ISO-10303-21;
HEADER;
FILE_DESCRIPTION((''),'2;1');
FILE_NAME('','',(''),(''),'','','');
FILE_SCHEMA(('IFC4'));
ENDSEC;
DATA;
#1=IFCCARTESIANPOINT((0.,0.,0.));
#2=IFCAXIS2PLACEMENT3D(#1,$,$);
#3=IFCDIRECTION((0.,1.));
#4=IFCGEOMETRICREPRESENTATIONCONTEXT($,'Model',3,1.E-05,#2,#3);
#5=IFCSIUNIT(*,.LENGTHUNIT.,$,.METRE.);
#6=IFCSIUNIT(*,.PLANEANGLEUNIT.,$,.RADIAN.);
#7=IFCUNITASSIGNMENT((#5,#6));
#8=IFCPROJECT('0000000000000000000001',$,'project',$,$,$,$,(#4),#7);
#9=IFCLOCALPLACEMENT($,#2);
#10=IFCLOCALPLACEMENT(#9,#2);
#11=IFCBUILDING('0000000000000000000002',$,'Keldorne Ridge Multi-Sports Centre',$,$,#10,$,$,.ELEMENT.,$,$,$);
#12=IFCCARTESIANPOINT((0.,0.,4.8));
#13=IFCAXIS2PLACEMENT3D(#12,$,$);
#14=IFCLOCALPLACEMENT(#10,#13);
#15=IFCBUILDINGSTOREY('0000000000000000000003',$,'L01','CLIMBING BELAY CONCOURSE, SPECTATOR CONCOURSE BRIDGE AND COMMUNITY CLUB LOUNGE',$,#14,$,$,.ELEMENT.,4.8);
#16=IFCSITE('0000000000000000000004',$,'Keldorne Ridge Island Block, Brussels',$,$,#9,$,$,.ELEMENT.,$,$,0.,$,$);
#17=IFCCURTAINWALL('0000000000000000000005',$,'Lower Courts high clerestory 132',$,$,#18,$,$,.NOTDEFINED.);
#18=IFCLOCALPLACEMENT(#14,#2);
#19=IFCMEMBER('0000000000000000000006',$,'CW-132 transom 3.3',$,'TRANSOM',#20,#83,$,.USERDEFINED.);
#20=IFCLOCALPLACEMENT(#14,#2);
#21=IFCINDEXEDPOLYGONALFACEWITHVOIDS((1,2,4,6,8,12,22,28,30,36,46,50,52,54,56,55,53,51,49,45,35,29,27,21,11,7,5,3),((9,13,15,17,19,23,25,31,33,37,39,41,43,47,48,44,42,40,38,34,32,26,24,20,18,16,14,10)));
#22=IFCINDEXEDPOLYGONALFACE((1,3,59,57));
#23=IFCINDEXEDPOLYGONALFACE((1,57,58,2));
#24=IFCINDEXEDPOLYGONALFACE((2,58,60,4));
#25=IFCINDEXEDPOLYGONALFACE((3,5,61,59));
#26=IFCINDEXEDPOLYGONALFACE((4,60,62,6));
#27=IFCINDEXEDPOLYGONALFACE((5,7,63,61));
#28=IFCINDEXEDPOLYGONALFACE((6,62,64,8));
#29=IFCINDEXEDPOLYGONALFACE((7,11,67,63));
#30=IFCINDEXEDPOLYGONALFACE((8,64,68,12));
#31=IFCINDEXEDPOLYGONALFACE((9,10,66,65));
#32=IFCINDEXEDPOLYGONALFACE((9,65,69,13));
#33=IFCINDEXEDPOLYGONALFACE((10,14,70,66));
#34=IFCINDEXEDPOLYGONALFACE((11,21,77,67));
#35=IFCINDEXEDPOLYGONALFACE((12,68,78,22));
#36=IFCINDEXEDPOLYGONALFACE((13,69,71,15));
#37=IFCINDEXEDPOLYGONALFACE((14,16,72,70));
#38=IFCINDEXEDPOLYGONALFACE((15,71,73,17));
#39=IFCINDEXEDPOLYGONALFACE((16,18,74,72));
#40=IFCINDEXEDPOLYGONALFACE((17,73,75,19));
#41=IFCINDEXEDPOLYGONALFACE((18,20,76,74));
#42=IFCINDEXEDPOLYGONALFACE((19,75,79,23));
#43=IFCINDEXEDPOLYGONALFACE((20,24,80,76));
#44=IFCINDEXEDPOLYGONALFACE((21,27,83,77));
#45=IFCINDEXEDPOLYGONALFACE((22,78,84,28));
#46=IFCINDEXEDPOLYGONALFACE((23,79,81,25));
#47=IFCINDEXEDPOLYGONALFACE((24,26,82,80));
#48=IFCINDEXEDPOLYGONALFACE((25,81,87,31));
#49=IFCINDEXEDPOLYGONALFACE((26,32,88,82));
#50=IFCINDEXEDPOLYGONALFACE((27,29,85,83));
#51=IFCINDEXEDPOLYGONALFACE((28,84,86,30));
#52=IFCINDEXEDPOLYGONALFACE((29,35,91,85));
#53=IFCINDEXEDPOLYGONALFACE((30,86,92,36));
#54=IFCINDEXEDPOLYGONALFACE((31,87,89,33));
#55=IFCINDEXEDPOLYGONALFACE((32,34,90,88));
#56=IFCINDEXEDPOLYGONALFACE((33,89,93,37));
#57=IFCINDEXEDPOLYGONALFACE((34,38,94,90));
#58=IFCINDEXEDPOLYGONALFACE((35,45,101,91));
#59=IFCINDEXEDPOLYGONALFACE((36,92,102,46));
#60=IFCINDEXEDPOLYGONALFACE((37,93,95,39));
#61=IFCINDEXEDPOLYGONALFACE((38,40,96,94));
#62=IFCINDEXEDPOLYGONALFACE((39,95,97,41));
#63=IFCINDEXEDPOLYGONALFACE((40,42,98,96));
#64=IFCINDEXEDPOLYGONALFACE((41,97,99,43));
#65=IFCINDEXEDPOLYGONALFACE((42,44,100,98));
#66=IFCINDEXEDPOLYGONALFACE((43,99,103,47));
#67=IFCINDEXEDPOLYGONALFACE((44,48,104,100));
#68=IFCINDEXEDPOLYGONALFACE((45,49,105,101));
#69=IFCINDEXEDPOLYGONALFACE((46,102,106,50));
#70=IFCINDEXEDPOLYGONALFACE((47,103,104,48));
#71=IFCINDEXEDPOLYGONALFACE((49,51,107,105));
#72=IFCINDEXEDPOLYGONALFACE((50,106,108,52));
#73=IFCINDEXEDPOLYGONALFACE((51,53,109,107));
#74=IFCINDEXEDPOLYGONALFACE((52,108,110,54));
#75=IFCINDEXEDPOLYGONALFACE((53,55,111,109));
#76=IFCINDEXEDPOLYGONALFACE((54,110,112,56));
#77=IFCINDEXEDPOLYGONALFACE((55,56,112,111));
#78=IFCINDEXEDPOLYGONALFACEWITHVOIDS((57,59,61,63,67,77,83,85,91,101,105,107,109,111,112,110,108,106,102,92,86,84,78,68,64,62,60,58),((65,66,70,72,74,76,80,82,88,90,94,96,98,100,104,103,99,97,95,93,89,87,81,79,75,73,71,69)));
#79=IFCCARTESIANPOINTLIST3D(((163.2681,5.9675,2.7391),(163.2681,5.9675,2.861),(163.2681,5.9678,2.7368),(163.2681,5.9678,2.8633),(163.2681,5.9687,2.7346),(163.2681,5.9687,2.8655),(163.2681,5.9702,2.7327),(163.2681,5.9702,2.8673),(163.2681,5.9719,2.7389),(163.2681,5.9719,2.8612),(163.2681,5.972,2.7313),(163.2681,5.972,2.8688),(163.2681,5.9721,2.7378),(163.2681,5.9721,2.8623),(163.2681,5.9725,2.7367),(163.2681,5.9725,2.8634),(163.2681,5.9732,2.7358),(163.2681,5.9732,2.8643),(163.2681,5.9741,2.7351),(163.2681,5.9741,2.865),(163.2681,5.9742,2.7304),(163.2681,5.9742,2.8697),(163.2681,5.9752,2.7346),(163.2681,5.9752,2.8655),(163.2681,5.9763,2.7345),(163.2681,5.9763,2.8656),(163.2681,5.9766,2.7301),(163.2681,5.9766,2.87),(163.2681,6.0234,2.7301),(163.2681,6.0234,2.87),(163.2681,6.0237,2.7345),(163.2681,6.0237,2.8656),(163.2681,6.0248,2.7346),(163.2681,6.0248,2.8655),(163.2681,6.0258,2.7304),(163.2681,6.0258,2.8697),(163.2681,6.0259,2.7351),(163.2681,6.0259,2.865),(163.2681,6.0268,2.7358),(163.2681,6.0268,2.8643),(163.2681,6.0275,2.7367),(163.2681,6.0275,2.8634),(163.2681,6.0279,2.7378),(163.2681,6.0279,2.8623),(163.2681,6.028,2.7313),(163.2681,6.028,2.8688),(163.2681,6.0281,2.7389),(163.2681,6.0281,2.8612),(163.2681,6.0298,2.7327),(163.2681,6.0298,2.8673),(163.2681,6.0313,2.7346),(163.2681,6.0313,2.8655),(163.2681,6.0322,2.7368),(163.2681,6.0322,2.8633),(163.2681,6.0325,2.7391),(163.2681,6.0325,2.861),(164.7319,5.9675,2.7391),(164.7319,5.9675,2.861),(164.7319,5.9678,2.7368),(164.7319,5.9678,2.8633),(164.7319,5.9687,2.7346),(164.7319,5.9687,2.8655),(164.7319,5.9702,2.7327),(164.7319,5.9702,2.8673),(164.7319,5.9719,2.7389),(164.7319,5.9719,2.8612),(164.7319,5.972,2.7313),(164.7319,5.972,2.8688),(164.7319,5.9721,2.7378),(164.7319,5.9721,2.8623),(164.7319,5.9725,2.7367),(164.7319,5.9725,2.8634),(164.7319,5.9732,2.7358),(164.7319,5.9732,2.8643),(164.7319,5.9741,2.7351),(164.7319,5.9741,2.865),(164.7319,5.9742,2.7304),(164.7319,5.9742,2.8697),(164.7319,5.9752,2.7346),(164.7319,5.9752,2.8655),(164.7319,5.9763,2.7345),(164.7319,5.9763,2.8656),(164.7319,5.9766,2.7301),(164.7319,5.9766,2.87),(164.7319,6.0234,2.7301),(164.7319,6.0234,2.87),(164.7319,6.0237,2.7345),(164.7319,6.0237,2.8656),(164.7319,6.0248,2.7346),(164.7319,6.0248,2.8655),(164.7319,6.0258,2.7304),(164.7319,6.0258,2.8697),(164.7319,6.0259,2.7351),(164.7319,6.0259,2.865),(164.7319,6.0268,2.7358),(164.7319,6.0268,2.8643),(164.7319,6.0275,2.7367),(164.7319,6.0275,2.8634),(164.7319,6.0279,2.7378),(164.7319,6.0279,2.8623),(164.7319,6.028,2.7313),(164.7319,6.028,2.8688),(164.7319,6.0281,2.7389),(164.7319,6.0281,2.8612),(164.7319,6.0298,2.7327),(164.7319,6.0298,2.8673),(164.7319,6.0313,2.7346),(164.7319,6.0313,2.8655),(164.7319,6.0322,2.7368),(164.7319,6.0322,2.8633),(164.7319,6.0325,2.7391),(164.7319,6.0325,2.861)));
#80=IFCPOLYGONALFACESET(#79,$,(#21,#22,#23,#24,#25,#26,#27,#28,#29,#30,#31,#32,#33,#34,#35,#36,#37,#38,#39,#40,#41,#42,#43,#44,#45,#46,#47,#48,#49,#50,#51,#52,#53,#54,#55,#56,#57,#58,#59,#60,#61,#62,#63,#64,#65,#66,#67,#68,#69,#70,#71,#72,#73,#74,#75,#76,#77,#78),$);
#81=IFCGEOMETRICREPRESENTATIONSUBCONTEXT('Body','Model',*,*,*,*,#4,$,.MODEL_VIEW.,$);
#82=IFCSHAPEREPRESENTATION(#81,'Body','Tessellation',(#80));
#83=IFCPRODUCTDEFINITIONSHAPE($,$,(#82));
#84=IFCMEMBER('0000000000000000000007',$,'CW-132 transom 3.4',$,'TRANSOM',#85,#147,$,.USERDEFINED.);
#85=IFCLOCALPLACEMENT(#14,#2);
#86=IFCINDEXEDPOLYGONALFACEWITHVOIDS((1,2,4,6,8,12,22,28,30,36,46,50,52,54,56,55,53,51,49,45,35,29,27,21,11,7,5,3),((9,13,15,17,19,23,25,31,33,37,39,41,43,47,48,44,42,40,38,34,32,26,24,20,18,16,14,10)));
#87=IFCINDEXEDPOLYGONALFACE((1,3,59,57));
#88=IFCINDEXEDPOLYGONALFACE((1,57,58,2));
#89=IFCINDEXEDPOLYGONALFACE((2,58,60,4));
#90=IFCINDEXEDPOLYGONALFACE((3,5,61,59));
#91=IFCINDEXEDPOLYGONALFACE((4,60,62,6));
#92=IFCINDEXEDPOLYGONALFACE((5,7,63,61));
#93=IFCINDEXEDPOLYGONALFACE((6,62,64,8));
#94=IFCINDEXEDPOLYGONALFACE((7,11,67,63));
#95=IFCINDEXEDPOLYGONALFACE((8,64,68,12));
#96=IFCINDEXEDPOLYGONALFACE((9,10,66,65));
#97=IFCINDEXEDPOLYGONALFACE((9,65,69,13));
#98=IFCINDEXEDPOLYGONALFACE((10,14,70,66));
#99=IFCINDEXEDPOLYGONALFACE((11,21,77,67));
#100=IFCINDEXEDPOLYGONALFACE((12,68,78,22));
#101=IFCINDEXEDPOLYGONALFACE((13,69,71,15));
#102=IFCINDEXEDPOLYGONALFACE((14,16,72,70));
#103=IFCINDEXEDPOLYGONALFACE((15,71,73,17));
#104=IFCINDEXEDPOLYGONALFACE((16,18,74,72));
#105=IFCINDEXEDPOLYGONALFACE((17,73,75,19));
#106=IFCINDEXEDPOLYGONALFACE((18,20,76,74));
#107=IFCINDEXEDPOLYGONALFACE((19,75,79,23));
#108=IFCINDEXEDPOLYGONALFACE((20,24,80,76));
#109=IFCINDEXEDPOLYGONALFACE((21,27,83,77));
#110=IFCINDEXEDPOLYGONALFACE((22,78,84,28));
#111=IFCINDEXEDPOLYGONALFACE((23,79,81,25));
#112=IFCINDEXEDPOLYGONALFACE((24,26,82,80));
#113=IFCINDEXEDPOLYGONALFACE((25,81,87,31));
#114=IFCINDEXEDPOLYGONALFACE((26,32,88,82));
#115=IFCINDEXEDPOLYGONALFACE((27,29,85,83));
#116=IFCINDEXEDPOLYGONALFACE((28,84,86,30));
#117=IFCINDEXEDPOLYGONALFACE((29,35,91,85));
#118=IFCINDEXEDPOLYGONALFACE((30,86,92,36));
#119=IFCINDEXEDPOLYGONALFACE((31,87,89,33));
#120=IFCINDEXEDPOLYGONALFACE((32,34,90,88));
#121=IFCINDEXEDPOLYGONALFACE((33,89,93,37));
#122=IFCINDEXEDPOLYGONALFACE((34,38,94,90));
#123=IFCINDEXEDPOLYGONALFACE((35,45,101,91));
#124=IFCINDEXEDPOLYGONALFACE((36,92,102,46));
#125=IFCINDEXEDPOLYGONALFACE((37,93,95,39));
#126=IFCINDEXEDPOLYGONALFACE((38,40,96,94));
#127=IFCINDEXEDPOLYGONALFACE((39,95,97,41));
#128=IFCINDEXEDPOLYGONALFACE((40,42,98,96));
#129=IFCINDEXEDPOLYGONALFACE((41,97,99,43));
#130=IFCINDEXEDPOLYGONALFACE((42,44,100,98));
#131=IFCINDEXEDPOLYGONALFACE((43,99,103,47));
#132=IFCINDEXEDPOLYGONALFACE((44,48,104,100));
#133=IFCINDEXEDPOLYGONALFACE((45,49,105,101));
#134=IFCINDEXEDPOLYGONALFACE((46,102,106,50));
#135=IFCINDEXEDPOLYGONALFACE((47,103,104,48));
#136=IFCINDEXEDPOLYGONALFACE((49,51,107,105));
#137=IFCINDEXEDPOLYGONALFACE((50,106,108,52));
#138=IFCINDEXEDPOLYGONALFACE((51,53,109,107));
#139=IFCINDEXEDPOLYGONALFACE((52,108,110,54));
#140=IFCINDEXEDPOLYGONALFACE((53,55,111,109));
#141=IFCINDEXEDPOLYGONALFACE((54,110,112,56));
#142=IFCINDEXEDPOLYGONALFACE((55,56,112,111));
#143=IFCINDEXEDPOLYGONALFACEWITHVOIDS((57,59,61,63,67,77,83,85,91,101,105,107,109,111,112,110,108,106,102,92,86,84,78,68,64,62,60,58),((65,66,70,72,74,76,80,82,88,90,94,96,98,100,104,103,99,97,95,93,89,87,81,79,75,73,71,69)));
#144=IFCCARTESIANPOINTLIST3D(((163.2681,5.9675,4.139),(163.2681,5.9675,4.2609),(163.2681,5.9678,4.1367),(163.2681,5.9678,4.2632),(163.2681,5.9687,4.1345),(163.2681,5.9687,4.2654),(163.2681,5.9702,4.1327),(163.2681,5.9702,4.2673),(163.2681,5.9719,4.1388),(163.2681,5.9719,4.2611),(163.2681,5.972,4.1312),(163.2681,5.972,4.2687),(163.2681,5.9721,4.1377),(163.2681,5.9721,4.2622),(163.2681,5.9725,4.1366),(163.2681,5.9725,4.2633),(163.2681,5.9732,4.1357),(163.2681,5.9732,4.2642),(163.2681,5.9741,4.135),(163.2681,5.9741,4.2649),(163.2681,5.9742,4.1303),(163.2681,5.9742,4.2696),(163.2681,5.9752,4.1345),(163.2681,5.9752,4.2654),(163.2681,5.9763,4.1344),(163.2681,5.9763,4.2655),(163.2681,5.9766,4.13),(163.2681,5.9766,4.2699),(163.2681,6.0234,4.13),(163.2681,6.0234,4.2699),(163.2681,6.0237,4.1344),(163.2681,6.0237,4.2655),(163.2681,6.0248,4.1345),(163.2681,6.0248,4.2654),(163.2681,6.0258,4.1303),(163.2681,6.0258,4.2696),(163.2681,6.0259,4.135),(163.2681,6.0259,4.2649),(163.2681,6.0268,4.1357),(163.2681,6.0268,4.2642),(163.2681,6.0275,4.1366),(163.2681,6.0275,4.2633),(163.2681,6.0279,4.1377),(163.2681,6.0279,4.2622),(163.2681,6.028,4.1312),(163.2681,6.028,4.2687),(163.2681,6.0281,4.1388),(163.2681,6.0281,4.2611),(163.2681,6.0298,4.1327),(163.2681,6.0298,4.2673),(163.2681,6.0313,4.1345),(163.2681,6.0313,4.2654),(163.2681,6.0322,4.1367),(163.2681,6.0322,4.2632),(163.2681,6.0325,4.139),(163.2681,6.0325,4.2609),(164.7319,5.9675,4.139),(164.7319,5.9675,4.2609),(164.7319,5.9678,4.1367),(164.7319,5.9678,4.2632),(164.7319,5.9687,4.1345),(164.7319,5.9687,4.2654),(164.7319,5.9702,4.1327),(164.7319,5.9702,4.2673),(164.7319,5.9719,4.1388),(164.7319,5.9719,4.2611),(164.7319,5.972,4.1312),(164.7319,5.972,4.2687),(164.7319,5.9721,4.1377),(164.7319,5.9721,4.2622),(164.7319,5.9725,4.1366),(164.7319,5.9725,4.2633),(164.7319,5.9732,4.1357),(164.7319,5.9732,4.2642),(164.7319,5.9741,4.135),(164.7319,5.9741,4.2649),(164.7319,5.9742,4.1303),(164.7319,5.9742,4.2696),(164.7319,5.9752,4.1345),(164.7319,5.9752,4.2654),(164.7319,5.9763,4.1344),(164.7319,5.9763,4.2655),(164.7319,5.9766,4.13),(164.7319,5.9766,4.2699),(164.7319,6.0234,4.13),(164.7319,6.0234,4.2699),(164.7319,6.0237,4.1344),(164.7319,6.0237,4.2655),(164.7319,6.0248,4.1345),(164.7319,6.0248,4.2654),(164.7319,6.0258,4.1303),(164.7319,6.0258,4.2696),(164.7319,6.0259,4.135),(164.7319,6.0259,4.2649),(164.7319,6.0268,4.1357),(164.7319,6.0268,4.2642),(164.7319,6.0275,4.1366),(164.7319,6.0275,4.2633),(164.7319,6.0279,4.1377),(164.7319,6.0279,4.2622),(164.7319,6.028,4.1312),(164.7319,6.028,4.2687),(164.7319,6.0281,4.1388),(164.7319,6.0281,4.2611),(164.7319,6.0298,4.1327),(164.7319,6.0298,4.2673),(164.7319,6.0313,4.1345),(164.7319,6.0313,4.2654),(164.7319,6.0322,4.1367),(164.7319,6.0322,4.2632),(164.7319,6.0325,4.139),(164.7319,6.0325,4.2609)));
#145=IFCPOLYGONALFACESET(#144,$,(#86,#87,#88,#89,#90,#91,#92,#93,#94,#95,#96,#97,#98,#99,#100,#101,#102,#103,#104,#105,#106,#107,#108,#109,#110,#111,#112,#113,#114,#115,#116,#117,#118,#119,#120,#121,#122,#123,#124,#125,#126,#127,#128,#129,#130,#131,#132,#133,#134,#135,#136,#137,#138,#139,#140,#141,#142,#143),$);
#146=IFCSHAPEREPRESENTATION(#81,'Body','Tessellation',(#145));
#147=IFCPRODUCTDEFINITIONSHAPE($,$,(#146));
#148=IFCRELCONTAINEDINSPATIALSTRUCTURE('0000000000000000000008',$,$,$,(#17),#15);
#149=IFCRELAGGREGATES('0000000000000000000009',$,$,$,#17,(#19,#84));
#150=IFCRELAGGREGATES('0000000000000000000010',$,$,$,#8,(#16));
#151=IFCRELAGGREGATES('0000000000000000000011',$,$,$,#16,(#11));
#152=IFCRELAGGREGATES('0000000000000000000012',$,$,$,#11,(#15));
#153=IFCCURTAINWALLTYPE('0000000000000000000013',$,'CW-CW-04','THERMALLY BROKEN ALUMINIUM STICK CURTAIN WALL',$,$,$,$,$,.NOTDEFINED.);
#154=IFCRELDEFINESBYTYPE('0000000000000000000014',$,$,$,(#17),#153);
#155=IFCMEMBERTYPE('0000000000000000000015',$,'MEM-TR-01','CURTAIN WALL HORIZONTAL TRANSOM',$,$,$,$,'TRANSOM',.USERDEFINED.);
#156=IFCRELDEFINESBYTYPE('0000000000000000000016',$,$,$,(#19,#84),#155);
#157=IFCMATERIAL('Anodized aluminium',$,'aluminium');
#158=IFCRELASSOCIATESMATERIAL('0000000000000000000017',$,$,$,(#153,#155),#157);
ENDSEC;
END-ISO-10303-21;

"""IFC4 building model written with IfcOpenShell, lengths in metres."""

from ifc_helpers import new_model, si_unit, direction, frame, origin, origin_2d, place, context, subcontext, project, spatial, hollow_rectangle, extrude, material, material_profile, profile_set, type_object, element, aggregate, save


model = new_model("IFC4")

# Units and contexts
model_context = context("Model", 3, precision=1e-05, world=origin(), true_north=direction((0.0, 1.0)))
body_context = subcontext(model_context, "Body", "Model", "MODEL_VIEW")
ifc_project = project(units=[si_unit("LENGTHUNIT", "METRE"), si_unit("PLANEANGLEUNIT", "RADIAN")], contexts=[model_context])

# Site, building, storey
site_placement = place(None, origin())
site = spatial("IfcSite", under=ifc_project, at=site_placement, Name="Keldorne Ridge Island Block, Brussels", CompositionType="ELEMENT", RefElevation=0.0)
building_placement = place(site_placement, origin())
building = spatial("IfcBuilding", under=site, at=building_placement, Name="Keldorne Ridge Multi-Sports Centre", CompositionType="ELEMENT")
storey_placement = place(building_placement, frame((0.0, 0.0, 4.8)))
storey = spatial("IfcBuildingStorey", under=building, at=storey_placement, Name="L01", Description="CLIMBING BELAY CONCOURSE, SPECTATOR CONCOURSE BRIDGE AND COMMUNITY CLUB LOUNGE", CompositionType="ELEMENT", Elevation=4.8)

# Curtain wall, members
ifc_material_1 = material(Name="Anodized aluminium", Category="aluminium")
curtain_wall_type = type_object("IfcCurtainWallType", Name="CW-CW-04", Description="THERMALLY BROKEN ALUMINIUM STICK CURTAIN WALL", PredefinedType="NOTDEFINED", material=ifc_material_1)
curtain_wall_placement = place(storey_placement, origin())
curtain_wall = element("IfcCurtainWall", 1, at=curtain_wall_placement, inside=storey, type_object=curtain_wall_type, Name="Lower Courts high clerestory 132", PredefinedType="NOTDEFINED")
ifc_material_profile_1 = material_profile(ifc_material_1, hollow_rectangle(XDim=0.0649, YDim=0.1399, WallThickness=0.0044, InnerFilletRadius=0.0044, OuterFilletRadius=0.009, at=origin_2d()), Name="ALU TRANSOM 140x65x4.5")
ifc_profile_set_1 = profile_set([ifc_material_profile_1], Name="Anodized aluminium")
member_type_1 = type_object("IfcMemberType", Name="MEM-TR-01", Description="CURTAIN WALL HORIZONTAL TRANSOM", ElementType="TRANSOM", PredefinedType="USERDEFINED", material=ifc_profile_set_1)
member_1_placement = place(storey_placement, frame((163.2681, 6.0, 2.8), z_axis=(1.0, 0.0, 0.0), x_axis=(0.0, 1.0, 0.0)))
member_1 = element("IfcMember", 2, at=member_1_placement, type_object=member_type_1, Name="CW-132 transom 3.3", ObjectType="TRANSOM", PredefinedType="USERDEFINED", context=body_context, shape_type="SweptSolid", body=[
    extrude(hollow_rectangle(XDim=0.0649, YDim=0.1399, WallThickness=0.0044, InnerFilletRadius=0.0044, OuterFilletRadius=0.009, at=origin_2d()), origin(), (0.0, 0.0, 1.0), 1.4639),
])
member_2_placement = place(storey_placement, frame((163.2681, 6.0, 4.2), z_axis=(1.0, 0.0, 0.0), x_axis=(0.0, 1.0, 0.0)))
member_2 = element("IfcMember", 3, at=member_2_placement, type_object=member_type_1, Name="CW-132 transom 3.4", ObjectType="TRANSOM", PredefinedType="USERDEFINED", context=body_context, shape_type="SweptSolid", body=[
    extrude(hollow_rectangle(XDim=0.0649, YDim=0.1399, WallThickness=0.0044, InnerFilletRadius=0.0044, OuterFilletRadius=0.009, at=origin_2d()), origin(), (0.0, 0.0, 1.0), 1.4639),
])
aggregate(curtain_wall, [member_1, member_2])

save(model, "model.ifc")
